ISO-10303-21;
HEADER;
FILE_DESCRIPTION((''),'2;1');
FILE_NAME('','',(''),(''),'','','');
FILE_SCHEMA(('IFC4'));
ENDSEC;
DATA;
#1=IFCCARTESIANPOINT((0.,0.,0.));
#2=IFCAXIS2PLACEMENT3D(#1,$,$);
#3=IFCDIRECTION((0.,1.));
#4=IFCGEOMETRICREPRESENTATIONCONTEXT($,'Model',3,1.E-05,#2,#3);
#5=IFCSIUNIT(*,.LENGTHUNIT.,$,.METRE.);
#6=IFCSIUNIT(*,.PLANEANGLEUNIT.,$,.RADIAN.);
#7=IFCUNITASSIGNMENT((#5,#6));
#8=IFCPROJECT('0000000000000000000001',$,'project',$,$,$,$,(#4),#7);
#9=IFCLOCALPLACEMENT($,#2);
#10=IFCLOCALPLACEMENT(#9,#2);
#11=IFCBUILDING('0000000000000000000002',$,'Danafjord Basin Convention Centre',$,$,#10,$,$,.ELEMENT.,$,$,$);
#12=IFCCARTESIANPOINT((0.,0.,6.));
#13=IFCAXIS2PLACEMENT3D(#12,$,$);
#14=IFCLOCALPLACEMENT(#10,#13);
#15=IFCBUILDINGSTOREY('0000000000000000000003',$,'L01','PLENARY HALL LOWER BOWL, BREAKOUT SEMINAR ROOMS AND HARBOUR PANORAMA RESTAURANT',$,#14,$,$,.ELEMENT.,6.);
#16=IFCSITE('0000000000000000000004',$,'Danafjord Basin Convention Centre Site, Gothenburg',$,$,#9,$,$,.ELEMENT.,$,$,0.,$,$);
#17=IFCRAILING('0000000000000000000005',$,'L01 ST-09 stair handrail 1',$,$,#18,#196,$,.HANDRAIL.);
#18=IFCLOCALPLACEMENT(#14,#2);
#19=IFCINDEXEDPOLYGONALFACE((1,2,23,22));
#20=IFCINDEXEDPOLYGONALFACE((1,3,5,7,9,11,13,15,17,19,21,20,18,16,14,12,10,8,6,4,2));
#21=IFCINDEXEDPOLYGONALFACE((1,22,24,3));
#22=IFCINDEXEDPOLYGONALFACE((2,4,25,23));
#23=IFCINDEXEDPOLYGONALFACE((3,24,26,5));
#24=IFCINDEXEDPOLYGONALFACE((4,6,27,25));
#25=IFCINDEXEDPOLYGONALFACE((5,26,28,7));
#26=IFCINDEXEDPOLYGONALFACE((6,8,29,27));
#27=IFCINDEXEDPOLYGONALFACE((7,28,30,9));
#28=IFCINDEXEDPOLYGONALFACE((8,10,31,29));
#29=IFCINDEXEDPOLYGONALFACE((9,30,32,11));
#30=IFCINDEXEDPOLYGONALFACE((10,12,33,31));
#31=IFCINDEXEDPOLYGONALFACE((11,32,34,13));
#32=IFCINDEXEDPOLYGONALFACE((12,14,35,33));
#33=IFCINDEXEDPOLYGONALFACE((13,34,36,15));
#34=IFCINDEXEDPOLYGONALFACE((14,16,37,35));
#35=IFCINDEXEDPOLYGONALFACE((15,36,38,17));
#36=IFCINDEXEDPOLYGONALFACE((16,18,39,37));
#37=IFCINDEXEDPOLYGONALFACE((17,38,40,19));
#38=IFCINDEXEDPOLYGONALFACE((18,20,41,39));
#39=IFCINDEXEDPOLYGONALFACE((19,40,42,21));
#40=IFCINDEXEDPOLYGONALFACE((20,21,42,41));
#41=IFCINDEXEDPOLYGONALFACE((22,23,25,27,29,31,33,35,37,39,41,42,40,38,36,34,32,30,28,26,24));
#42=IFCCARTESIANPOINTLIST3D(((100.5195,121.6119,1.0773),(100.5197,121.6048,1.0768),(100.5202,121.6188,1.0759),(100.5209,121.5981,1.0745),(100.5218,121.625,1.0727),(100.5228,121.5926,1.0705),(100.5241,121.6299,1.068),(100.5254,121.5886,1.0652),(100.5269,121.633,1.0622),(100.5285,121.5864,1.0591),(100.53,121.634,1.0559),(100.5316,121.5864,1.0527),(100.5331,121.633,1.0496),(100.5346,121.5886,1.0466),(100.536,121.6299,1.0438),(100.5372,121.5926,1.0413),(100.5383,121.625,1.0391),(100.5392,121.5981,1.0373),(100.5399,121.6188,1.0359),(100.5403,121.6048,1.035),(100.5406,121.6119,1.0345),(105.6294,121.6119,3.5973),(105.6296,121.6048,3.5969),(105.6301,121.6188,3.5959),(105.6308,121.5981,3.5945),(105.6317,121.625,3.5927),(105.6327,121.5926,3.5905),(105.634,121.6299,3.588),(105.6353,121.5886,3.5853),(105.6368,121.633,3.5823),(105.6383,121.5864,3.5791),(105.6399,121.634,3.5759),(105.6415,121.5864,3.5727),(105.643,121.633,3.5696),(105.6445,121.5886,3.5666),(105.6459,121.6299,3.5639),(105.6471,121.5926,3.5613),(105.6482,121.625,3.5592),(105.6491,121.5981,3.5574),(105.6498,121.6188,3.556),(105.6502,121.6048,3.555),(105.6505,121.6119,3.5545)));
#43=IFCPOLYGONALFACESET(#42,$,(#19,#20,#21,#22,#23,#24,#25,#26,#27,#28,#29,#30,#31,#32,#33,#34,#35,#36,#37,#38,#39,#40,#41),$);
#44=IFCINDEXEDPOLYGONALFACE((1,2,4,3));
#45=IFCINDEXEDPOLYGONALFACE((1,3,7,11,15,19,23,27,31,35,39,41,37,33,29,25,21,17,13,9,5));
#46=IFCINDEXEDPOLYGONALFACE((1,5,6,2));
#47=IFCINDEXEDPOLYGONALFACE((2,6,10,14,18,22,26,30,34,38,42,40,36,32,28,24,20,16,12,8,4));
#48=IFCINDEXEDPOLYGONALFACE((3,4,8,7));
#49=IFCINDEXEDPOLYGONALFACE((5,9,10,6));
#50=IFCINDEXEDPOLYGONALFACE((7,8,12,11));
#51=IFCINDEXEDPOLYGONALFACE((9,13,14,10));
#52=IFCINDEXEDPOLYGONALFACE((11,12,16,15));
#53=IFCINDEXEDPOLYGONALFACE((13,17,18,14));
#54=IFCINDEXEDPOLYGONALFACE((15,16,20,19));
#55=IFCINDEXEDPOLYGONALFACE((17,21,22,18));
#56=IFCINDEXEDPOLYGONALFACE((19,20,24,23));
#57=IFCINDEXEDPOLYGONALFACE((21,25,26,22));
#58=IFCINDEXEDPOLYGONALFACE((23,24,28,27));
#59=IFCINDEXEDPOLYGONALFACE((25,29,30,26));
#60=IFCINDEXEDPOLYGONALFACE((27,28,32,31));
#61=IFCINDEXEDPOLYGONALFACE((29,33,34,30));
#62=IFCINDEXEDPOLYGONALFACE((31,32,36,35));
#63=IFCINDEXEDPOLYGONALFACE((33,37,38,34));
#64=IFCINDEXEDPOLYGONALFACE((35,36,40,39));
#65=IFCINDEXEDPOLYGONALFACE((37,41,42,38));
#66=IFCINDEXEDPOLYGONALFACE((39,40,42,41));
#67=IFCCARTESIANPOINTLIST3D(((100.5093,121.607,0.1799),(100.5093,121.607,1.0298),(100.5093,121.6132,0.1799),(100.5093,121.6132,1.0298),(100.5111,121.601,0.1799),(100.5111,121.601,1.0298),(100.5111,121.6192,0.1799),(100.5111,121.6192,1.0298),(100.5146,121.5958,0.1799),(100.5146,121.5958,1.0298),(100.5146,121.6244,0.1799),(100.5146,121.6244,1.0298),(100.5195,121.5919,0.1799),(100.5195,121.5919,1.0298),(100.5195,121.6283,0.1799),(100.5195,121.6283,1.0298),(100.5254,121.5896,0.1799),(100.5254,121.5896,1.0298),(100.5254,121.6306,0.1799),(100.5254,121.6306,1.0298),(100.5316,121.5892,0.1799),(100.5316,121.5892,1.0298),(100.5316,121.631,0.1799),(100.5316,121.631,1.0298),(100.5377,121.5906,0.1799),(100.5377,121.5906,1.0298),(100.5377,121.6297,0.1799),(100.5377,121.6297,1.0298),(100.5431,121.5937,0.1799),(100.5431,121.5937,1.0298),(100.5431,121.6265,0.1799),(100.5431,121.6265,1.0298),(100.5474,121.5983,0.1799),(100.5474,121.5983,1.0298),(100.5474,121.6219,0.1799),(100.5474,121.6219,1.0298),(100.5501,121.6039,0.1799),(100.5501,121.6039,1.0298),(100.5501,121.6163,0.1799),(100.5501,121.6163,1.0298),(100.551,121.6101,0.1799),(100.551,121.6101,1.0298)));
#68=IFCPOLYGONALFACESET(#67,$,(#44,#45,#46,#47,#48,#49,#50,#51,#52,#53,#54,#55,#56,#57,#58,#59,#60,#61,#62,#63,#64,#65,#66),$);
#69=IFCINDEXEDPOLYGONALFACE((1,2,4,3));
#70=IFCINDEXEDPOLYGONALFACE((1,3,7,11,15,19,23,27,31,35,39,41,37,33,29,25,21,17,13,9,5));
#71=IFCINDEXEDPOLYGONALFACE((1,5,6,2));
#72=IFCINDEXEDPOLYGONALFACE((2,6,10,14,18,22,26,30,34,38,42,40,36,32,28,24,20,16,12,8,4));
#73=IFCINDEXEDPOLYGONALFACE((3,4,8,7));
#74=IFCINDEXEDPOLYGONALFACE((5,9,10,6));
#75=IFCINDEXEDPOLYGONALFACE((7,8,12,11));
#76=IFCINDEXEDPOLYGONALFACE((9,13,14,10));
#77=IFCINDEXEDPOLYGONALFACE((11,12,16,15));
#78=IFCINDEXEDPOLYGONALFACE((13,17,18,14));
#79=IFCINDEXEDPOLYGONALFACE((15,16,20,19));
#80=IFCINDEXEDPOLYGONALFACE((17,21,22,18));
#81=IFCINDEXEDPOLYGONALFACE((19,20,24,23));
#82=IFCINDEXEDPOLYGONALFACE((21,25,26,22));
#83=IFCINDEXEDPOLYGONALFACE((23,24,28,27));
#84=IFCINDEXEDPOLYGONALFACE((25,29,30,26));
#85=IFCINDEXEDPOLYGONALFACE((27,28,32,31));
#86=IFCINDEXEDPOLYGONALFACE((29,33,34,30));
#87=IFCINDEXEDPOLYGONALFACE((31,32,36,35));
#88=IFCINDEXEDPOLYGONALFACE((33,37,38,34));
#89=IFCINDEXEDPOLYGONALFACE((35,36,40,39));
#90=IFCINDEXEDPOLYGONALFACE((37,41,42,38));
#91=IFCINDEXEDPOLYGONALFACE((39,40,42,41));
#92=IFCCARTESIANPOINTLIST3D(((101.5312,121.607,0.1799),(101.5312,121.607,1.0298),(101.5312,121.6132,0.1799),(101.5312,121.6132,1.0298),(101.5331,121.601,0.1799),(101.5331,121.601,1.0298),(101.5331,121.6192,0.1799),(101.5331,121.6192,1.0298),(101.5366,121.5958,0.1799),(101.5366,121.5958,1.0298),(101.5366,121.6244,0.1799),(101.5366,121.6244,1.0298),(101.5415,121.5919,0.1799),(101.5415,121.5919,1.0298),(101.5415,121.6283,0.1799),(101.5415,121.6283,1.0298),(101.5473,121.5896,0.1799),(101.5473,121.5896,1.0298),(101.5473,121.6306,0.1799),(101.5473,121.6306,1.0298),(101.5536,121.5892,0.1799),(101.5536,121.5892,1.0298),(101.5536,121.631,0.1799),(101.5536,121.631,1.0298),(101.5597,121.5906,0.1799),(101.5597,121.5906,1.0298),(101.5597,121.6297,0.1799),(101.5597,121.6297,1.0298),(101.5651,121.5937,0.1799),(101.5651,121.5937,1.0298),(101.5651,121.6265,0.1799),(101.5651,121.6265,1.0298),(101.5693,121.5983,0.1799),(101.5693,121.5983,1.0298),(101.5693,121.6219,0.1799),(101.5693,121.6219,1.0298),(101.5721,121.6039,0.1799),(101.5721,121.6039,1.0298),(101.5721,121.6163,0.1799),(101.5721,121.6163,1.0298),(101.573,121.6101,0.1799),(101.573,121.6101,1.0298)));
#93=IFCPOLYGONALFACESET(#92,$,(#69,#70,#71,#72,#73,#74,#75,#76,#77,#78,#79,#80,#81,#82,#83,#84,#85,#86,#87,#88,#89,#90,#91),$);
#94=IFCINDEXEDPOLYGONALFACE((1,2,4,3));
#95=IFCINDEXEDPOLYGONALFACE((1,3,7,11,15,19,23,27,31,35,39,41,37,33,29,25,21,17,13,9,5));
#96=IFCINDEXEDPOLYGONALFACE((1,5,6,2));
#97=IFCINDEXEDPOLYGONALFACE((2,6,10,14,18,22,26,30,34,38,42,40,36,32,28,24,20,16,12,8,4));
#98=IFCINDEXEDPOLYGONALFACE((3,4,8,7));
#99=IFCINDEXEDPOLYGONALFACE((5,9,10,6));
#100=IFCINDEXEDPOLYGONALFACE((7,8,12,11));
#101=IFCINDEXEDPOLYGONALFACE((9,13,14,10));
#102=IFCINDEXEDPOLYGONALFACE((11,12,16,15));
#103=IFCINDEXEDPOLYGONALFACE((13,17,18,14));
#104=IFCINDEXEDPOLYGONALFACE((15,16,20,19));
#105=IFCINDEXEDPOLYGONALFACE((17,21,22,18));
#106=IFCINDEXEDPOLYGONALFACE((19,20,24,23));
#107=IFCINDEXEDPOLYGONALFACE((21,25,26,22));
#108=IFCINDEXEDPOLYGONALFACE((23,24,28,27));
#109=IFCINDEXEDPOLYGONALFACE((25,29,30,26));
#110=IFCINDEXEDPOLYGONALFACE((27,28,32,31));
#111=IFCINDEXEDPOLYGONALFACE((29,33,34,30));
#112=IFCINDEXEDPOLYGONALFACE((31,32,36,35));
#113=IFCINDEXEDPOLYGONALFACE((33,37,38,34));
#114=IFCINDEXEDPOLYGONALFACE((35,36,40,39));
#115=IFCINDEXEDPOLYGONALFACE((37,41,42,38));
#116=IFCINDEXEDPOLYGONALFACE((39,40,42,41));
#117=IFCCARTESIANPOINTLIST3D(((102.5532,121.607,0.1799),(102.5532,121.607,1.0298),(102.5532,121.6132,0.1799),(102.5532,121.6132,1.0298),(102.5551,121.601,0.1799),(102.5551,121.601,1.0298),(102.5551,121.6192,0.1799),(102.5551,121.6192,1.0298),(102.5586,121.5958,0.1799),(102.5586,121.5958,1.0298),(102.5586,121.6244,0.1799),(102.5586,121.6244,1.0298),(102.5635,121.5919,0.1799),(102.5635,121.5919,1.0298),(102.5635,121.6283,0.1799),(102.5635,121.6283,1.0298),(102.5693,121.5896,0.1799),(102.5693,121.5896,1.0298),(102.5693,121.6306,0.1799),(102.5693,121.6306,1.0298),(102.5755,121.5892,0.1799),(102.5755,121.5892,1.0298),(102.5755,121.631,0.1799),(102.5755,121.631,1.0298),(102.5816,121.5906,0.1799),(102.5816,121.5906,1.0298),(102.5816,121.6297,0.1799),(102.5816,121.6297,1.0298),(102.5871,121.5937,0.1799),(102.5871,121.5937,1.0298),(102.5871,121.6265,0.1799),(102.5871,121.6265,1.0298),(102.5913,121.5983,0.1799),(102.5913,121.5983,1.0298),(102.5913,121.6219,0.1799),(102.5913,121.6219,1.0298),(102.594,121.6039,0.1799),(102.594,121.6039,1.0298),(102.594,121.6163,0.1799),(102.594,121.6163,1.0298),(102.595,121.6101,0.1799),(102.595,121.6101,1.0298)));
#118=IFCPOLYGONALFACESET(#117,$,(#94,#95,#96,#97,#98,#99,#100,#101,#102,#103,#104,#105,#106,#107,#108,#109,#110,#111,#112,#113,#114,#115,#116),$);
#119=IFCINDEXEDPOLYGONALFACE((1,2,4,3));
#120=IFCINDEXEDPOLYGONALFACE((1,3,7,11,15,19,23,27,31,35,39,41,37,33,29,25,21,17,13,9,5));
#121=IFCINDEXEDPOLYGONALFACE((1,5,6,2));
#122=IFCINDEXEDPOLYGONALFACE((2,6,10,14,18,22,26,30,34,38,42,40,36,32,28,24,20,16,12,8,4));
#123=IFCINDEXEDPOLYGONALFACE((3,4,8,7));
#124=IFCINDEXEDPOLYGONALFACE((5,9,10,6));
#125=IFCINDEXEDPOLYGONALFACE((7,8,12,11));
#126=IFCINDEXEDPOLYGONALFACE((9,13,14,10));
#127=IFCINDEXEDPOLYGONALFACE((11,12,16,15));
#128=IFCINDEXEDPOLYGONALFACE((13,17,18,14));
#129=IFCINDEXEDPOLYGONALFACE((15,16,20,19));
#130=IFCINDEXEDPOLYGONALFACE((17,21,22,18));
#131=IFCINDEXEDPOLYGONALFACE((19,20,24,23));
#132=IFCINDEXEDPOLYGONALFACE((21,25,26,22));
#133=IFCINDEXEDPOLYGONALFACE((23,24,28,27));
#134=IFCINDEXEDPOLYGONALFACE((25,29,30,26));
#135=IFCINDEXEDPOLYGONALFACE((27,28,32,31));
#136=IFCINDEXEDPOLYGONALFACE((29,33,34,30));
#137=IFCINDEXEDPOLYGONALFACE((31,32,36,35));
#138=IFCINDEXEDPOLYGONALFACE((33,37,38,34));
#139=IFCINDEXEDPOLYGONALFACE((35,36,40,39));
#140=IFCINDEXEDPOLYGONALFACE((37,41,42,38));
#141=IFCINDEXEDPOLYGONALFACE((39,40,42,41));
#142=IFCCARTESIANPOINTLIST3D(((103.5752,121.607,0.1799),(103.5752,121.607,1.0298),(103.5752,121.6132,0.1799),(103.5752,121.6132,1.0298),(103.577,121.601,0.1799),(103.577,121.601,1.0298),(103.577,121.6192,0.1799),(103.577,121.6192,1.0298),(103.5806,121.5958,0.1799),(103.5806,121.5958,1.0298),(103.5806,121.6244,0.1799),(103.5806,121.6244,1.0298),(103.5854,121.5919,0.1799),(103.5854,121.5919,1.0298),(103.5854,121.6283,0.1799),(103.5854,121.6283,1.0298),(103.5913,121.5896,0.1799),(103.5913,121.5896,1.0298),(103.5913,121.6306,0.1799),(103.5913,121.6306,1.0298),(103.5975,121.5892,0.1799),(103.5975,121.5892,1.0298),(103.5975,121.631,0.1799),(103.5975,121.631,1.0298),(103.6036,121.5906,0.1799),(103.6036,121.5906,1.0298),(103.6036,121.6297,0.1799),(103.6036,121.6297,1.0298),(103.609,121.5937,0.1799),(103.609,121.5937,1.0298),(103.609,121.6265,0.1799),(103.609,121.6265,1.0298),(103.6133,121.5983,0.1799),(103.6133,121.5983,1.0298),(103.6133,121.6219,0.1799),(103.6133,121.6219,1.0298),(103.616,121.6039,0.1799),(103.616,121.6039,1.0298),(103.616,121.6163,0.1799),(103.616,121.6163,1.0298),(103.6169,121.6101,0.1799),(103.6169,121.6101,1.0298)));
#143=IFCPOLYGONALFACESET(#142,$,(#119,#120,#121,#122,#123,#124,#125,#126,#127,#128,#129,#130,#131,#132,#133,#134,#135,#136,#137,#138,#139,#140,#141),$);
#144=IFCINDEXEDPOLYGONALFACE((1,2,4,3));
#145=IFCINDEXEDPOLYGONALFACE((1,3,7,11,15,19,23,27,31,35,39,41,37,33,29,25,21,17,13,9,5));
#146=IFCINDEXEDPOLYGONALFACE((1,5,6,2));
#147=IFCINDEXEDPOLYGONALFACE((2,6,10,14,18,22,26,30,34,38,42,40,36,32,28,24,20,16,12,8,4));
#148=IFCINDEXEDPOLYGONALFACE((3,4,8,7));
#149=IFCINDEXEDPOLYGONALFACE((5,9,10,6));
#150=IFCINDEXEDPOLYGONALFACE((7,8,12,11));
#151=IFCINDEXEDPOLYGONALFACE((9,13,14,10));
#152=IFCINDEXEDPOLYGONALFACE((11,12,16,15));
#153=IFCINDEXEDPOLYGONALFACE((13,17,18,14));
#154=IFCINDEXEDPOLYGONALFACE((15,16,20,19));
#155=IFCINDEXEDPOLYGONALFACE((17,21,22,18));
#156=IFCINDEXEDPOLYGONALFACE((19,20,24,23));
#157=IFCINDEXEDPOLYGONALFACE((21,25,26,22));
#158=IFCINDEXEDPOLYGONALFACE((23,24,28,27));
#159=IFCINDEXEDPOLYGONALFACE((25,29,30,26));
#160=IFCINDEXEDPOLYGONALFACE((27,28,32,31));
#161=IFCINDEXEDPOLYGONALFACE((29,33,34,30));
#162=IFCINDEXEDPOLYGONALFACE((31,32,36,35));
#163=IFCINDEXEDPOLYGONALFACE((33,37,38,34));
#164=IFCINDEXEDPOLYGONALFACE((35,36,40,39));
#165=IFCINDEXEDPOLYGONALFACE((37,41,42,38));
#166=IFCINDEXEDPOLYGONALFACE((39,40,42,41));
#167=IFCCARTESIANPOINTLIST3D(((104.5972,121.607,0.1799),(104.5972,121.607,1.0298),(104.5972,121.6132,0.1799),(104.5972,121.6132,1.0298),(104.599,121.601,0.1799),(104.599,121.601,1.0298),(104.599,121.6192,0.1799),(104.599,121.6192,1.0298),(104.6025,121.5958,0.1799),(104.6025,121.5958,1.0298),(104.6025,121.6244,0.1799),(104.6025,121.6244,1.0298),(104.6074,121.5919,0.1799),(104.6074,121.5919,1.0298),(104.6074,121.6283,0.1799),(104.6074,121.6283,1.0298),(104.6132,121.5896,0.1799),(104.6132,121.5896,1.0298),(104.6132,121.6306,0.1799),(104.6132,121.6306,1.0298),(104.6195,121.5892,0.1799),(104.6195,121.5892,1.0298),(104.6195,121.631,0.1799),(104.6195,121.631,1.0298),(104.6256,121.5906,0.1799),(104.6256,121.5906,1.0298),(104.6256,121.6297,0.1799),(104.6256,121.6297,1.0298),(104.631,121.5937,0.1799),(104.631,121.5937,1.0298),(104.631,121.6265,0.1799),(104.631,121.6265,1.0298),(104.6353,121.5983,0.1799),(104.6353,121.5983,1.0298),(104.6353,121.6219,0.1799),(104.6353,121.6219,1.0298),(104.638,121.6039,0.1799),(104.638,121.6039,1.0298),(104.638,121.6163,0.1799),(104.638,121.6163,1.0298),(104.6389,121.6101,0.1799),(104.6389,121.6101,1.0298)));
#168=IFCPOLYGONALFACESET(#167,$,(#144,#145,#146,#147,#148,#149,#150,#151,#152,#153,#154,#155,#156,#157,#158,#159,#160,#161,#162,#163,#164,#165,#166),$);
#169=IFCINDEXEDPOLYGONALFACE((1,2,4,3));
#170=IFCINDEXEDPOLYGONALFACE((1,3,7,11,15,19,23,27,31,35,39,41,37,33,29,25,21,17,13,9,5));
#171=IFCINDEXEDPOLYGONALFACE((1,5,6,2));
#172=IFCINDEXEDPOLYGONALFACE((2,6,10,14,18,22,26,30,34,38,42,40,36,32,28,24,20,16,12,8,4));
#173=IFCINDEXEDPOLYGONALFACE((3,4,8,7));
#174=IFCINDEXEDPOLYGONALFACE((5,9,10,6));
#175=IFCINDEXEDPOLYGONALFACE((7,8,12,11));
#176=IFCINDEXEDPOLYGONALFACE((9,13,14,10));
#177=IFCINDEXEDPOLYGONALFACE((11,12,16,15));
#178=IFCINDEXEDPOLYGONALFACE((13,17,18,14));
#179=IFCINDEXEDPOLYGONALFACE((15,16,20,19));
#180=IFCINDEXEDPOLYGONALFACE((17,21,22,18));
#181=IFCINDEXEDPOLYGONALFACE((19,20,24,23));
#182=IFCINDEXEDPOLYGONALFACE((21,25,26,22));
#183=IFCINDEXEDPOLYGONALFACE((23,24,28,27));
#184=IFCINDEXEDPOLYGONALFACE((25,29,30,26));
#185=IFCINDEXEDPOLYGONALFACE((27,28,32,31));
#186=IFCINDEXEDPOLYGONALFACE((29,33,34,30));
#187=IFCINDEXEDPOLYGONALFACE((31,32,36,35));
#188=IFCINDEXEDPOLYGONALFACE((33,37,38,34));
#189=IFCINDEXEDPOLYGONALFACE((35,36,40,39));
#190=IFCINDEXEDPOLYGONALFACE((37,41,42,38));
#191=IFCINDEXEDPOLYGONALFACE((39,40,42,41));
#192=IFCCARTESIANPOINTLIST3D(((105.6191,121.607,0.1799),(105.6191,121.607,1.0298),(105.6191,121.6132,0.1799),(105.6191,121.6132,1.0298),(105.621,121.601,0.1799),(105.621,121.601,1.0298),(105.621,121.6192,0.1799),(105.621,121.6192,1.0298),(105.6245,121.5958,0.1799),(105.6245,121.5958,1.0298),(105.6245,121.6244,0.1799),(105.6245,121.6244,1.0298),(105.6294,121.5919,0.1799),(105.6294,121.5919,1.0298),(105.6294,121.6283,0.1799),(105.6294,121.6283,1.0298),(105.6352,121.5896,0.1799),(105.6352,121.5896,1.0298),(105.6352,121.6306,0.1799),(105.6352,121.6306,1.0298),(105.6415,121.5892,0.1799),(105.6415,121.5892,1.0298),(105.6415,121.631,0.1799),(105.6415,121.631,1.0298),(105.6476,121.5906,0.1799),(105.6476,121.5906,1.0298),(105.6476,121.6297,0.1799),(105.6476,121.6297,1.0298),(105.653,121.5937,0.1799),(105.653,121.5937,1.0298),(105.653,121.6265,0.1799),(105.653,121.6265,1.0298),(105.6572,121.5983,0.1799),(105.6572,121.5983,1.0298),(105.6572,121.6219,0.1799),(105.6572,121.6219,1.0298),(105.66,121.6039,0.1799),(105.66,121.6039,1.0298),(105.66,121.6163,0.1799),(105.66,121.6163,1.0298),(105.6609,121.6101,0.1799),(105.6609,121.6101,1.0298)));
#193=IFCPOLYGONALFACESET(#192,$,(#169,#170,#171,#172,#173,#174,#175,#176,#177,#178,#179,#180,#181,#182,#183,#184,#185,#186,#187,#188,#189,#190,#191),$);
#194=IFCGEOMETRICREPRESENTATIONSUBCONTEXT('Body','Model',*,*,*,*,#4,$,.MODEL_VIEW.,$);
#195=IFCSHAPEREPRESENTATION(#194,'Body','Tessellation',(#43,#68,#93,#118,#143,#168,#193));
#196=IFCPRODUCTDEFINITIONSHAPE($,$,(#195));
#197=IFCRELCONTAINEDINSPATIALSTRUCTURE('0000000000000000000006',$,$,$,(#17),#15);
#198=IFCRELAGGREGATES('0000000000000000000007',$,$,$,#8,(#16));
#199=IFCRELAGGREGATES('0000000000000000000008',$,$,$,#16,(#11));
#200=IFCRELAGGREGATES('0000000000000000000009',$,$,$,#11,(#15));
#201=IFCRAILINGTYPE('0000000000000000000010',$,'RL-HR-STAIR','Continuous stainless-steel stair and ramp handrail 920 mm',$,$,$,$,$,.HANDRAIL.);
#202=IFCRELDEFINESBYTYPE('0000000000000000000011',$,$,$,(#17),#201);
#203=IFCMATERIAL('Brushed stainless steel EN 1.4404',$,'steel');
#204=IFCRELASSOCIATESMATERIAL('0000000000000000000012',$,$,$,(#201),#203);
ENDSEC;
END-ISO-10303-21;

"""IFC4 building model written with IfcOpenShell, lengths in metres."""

from ifc_helpers import new_model, si_unit, direction, frame, origin, origin_2d, place, context, subcontext, project, spatial, circle, extrude, material, type_object, element, save


model = new_model("IFC4")

# Units and contexts
model_context = context("Model", 3, precision=1e-05, world=origin(), true_north=direction((0.0, 1.0)))
body_context = subcontext(model_context, "Body", "Model", "MODEL_VIEW")
ifc_project = project(units=[si_unit("LENGTHUNIT", "METRE"), si_unit("PLANEANGLEUNIT", "RADIAN")], contexts=[model_context])

# Site, building, storey
site_placement = place(None, origin())
site = spatial("IfcSite", under=ifc_project, at=site_placement, Name="Danafjord Basin Convention Centre Site, Gothenburg", CompositionType="ELEMENT", RefElevation=0.0)
building_placement = place(site_placement, origin())
building = spatial("IfcBuilding", under=site, at=building_placement, Name="Danafjord Basin Convention Centre", CompositionType="ELEMENT")
storey_placement = place(building_placement, frame((0.0, 0.0, 6.0)))
storey = spatial("IfcBuildingStorey", under=building, at=storey_placement, Name="L01", Description="PLENARY HALL LOWER BOWL, BREAKOUT SEMINAR ROOMS AND HARBOUR PANORAMA RESTAURANT", CompositionType="ELEMENT", Elevation=6.0)

# Railing
ifc_material_1 = material(Name="Brushed stainless steel EN 1.4404", Category="steel")
railing_type_1 = type_object("IfcRailingType", Name="RL-HR-STAIR", Description="Continuous stainless-steel stair and ramp handrail 920 mm", PredefinedType="HANDRAIL", material=ifc_material_1)
railing_1_placement = place(storey_placement, frame((100.53, 121.6101, 0.1799)))
element("IfcRailing", 1, at=railing_1_placement, inside=storey, type_object=railing_type_1, Name="L01 ST-09 stair handrail 1", PredefinedType="HANDRAIL", context=body_context, shape_type="SweptSolid", body=[
    extrude(circle(Radius=0.0239, at=origin_2d()), frame((0.0, 0.0, 0.876), z_axis=(0.896865, 0.0, 0.442305), x_axis=(0.0, 1.0, 0.0)), (0.0, 0.0, 1.0), 5.6975),
    extrude(circle(Radius=0.021, at=origin_2d()), origin(), (0.0, 0.0, 1.0), 0.8499),
    extrude(circle(Radius=0.021, at=origin_2d()), frame((1.022, 0.0, 0.0)), (0.0, 0.0, 1.0), 0.8499),
    extrude(circle(Radius=0.021, at=origin_2d()), frame((2.0439, 0.0, 0.0)), (0.0, 0.0, 1.0), 0.8499),
    extrude(circle(Radius=0.021, at=origin_2d()), frame((3.0659, 0.0, 0.0)), (0.0, 0.0, 1.0), 0.8499),
    extrude(circle(Radius=0.021, at=origin_2d()), frame((4.0879, 0.0, 0.0)), (0.0, 0.0, 1.0), 0.8499),
    extrude(circle(Radius=0.021, at=origin_2d()), frame((5.1099, 0.0, 0.0)), (0.0, 0.0, 1.0), 0.8499),
])

save(model, "model.ifc")
